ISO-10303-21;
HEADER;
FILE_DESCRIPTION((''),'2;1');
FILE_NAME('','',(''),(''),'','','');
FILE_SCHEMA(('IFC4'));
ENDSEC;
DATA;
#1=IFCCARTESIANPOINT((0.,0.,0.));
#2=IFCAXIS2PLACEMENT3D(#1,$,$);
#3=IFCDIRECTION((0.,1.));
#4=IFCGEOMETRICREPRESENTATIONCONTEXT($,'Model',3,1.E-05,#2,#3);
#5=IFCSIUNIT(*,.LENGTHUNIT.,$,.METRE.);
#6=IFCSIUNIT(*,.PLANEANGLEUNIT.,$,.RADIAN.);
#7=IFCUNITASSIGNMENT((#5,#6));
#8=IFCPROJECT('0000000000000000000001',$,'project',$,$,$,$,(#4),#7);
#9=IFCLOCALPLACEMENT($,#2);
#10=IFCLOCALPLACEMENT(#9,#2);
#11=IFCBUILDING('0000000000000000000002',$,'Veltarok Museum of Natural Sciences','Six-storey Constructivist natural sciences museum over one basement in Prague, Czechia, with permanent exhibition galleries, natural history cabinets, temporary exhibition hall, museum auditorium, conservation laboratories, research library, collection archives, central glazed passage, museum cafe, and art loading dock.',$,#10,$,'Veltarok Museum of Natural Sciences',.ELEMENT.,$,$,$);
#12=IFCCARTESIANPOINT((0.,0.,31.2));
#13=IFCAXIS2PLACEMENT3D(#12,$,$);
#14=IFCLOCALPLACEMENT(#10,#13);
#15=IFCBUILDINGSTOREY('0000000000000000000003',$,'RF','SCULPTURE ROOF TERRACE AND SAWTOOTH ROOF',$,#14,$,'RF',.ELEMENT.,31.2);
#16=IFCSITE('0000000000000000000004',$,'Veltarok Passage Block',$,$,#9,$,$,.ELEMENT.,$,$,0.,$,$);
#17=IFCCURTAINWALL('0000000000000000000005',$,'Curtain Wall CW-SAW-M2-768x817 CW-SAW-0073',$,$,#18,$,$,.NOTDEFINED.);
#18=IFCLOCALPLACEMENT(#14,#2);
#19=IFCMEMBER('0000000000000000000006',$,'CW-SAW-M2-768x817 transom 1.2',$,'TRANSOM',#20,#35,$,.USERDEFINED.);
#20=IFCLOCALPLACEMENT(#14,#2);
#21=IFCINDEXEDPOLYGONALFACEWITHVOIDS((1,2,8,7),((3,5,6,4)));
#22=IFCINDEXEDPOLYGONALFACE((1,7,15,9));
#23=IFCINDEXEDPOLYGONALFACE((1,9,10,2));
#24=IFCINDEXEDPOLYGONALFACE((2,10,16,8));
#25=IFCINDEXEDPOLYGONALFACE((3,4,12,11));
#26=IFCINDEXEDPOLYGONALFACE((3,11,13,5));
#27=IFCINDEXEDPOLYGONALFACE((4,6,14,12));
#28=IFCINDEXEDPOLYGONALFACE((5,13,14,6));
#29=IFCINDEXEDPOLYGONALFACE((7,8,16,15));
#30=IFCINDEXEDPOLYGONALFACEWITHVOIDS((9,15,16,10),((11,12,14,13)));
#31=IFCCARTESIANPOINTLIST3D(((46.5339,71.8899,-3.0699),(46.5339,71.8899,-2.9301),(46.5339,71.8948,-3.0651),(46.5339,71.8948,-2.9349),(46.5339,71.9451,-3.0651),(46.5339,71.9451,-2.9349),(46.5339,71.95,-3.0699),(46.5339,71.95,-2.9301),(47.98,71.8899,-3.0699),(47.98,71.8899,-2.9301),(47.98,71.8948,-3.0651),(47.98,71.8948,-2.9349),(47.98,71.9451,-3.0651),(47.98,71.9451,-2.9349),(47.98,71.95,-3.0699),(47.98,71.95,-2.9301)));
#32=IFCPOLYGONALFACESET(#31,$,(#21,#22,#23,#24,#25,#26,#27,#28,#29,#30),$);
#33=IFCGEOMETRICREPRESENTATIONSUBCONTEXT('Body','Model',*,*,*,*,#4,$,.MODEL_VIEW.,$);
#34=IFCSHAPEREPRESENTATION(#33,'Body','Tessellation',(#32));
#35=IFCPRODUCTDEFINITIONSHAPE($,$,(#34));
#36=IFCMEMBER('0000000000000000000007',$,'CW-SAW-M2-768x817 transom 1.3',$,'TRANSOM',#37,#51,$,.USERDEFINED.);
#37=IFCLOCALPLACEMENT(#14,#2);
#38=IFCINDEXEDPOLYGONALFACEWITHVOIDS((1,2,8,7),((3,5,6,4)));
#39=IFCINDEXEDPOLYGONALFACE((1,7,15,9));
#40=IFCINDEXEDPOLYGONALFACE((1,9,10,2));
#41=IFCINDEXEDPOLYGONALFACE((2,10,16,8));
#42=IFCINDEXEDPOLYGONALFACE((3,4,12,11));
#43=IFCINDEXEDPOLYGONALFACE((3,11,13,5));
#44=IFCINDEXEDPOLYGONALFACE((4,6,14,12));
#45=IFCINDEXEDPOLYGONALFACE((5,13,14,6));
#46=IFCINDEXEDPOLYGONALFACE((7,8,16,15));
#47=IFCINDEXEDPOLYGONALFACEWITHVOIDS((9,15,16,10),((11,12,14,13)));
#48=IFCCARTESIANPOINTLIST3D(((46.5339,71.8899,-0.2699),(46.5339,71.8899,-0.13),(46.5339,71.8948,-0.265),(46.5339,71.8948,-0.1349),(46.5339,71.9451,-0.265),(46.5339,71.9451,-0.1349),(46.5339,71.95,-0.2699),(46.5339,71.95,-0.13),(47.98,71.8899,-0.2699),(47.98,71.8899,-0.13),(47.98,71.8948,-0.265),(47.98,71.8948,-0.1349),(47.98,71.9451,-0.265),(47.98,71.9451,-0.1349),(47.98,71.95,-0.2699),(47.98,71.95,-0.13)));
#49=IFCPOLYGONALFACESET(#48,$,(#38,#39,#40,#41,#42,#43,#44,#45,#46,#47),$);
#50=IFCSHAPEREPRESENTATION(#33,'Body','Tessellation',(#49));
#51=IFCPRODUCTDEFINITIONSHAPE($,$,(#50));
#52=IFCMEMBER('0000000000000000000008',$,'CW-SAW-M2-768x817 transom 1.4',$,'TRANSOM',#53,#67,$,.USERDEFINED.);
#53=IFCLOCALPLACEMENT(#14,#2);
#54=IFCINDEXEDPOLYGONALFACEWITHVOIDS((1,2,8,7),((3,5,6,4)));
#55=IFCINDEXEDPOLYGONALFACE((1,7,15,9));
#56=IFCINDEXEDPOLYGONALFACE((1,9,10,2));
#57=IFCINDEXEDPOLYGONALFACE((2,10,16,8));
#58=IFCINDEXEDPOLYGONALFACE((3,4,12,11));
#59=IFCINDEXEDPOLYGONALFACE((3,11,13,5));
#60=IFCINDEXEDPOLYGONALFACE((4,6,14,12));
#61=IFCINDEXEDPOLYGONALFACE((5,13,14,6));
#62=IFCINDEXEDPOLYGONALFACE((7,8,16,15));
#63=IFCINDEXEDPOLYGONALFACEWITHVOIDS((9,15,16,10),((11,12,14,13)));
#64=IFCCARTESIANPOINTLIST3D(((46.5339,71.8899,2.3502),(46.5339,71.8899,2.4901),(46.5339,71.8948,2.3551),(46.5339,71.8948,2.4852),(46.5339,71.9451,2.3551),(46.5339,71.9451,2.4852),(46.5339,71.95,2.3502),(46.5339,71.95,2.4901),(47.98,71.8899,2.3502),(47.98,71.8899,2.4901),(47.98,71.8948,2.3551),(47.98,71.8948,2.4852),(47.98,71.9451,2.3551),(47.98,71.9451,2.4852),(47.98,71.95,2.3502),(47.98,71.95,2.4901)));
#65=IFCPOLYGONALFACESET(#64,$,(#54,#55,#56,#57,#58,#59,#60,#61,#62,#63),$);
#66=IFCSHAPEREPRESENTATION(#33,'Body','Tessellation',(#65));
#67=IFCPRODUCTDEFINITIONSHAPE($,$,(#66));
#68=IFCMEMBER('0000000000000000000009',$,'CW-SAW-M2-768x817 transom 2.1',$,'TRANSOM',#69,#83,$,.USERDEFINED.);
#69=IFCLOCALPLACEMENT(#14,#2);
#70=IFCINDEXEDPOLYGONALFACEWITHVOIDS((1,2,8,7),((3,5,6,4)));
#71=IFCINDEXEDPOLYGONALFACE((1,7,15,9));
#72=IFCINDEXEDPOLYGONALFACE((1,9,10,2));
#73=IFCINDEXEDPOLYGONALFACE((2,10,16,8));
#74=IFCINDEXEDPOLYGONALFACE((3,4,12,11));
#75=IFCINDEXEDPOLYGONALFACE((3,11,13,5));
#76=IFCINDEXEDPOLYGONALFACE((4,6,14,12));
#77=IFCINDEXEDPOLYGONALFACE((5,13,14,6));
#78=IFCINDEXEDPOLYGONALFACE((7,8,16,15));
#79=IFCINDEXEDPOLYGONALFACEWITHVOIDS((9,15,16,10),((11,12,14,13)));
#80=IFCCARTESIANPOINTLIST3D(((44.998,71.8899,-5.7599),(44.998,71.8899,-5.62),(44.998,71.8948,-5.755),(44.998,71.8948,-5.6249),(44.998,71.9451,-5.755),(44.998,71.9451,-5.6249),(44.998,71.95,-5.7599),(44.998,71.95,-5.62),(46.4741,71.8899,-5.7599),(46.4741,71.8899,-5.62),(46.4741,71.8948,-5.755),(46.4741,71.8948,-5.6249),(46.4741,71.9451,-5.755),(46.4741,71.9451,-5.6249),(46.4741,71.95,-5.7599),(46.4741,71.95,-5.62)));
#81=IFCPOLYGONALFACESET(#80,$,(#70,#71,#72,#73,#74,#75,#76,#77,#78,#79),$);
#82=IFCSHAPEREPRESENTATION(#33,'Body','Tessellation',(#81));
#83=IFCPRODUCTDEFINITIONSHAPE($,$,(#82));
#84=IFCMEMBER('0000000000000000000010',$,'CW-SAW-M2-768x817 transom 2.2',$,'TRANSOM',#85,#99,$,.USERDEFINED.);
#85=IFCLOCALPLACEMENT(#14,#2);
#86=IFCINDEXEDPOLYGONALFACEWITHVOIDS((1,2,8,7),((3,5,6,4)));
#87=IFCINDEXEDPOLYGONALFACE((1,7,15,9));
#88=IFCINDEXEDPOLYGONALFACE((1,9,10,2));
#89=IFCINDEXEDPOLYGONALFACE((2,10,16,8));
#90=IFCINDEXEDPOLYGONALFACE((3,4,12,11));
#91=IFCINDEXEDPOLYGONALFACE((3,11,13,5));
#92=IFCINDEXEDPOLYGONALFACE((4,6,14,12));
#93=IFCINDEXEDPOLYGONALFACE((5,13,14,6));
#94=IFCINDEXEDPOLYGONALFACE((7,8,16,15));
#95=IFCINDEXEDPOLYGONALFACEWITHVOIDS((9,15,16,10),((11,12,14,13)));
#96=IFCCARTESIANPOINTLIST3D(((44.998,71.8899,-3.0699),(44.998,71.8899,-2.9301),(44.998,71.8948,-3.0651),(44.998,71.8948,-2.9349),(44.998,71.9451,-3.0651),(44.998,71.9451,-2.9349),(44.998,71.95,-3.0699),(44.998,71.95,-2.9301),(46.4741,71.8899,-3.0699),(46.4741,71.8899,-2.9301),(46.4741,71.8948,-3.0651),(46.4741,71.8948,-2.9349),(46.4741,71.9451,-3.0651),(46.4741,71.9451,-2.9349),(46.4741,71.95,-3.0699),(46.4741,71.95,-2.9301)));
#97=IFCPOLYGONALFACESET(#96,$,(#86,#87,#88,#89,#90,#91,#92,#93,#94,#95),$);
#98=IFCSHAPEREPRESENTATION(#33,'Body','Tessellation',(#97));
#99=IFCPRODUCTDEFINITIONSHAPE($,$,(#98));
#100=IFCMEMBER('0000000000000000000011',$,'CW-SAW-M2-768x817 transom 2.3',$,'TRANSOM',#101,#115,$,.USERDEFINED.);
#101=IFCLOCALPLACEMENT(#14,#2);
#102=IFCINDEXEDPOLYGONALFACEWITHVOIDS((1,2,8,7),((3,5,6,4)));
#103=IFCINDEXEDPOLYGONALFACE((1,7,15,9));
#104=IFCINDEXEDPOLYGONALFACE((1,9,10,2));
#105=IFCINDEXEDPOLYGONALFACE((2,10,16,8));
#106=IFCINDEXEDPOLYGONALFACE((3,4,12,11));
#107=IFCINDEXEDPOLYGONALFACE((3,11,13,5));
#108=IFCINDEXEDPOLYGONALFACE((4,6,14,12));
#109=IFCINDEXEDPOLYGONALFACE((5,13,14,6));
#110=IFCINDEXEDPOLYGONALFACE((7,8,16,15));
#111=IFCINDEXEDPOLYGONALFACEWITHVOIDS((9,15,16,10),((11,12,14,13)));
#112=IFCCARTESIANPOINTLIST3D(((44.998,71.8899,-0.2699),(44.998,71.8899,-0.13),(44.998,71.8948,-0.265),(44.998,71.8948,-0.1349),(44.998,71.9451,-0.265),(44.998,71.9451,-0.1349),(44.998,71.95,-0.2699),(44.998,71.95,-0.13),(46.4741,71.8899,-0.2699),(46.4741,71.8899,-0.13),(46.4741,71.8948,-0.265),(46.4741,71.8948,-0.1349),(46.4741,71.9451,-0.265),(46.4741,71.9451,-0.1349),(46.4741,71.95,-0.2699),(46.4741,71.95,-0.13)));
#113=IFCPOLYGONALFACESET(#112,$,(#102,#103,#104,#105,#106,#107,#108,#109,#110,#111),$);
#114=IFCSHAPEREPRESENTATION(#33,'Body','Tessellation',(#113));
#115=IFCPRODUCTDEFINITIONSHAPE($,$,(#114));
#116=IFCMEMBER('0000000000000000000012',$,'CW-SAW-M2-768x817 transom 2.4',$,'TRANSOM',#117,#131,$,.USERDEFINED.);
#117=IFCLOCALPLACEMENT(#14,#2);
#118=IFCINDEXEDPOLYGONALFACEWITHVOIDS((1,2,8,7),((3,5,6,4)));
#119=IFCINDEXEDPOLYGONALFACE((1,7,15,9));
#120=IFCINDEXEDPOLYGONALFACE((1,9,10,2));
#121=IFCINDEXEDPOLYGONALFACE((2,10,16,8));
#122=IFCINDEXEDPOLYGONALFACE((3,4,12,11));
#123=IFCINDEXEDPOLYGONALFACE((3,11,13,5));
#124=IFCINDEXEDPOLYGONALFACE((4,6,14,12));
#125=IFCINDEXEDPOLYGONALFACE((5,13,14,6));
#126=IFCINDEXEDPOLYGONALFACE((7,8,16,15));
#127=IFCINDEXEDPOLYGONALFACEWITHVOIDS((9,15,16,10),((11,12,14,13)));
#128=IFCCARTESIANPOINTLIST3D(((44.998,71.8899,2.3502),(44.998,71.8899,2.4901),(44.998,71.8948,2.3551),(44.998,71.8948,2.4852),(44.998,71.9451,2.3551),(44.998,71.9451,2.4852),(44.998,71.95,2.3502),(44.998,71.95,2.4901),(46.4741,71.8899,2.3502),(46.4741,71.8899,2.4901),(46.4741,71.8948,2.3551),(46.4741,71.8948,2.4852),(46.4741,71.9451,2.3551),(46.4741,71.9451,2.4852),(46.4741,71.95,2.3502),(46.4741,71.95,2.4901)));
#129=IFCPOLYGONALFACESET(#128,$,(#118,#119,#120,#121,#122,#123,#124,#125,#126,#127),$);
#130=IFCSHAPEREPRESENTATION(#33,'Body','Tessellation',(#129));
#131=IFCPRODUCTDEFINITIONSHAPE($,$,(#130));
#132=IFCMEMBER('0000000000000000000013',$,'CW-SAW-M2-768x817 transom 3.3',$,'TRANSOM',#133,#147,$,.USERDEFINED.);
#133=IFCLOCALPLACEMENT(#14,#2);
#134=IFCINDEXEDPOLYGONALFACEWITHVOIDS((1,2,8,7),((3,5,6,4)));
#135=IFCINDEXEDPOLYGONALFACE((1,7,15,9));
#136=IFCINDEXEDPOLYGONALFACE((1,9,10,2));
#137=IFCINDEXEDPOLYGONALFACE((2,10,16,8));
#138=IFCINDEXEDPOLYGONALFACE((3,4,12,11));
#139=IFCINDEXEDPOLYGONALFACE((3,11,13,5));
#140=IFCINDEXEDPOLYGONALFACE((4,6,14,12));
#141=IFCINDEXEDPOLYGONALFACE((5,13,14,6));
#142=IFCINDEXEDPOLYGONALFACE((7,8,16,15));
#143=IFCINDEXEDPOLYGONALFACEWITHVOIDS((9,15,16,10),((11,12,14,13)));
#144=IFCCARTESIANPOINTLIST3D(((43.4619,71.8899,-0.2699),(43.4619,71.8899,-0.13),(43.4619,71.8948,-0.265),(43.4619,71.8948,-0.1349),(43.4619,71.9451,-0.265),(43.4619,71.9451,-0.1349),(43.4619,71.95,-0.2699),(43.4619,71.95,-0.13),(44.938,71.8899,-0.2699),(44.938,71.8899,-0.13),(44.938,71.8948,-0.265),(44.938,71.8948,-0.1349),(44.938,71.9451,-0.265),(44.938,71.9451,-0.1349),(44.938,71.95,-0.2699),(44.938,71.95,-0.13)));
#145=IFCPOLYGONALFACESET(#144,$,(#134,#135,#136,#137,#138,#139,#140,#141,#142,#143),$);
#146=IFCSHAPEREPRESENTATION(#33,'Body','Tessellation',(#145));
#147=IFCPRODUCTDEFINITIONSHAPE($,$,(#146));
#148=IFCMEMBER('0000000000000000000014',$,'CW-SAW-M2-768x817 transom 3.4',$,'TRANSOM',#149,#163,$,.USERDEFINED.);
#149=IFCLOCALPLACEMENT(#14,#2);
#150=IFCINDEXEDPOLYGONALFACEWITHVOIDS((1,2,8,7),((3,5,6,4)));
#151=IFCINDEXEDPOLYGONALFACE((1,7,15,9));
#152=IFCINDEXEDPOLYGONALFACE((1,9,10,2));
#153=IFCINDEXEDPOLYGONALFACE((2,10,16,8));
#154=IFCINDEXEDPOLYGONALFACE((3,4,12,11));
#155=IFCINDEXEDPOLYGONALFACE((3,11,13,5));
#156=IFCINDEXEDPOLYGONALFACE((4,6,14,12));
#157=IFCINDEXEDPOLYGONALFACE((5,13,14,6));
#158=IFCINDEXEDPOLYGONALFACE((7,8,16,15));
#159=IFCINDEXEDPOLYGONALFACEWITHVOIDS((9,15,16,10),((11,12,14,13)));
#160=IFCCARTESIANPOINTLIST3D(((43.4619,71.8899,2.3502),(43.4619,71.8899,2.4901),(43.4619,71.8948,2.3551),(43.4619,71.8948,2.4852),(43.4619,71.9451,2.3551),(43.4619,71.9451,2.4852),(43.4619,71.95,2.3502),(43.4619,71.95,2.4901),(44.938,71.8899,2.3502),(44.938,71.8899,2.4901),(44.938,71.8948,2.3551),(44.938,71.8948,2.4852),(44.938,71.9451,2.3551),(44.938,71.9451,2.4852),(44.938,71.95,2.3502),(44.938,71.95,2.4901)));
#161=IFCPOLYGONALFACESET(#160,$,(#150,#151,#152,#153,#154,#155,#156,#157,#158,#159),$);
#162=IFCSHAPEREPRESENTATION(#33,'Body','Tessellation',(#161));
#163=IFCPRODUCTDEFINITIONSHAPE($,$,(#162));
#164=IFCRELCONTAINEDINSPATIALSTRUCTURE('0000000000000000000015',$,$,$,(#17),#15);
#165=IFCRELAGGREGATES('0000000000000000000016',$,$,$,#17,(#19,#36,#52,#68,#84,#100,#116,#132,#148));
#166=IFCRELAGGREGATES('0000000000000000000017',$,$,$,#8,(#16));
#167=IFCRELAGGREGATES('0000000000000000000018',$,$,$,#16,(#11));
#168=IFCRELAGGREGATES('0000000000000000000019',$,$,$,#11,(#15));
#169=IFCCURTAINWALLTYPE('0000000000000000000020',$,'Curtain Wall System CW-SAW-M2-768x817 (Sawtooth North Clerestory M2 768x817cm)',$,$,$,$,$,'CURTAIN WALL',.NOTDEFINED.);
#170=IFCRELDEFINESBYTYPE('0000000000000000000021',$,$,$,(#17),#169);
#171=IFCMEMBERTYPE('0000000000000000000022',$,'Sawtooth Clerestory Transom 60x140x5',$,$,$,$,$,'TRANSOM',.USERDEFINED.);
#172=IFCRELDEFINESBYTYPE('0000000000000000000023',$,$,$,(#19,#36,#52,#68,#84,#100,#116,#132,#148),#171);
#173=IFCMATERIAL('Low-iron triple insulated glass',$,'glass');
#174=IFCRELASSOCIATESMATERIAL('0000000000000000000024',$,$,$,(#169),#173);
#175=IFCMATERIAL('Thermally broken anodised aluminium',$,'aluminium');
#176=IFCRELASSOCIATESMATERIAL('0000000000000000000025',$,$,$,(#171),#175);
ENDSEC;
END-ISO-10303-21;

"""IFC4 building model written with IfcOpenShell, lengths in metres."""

from ifc_helpers import new_model, si_unit, direction, frame, origin, origin_2d, place, context, subcontext, project, spatial, hollow_rectangle, extrude, material, material_profile, profile_set, type_object, element, aggregate, save


model = new_model("IFC4")

# Units and contexts
model_context = context("Model", 3, precision=1e-05, world=origin(), true_north=direction((0.0, 1.0)))
body_context = subcontext(model_context, "Body", "Model", "MODEL_VIEW")
ifc_project = project(units=[si_unit("LENGTHUNIT", "METRE"), si_unit("PLANEANGLEUNIT", "RADIAN")], contexts=[model_context])

# Site, building, storey
site_placement = place(None, origin())
site = spatial("IfcSite", under=ifc_project, at=site_placement, Name="Veltarok Passage Block", CompositionType="ELEMENT", RefElevation=0.0)
building_placement = place(site_placement, origin())
building = spatial("IfcBuilding", under=site, at=building_placement, Name="Veltarok Museum of Natural Sciences", Description="Six-storey Constructivist natural sciences museum over one basement in Prague, Czechia, with permanent exhibition galleries, natural history cabinets, temporary exhibition hall, museum auditorium, conservation laboratories, research library, collection archives, central glazed passage, museum cafe, and art loading dock.", LongName="Veltarok Museum of Natural Sciences", CompositionType="ELEMENT")
storey_placement = place(building_placement, frame((0.0, 0.0, 31.2)))
storey = spatial("IfcBuildingStorey", under=building, at=storey_placement, Name="RF", Description="SCULPTURE ROOF TERRACE AND SAWTOOTH ROOF", LongName="RF", CompositionType="ELEMENT", Elevation=31.2)

# Curtain wall
ifc_material_1 = material(Name="Low-iron triple insulated glass", Category="glass")
curtain_wall_type = type_object("IfcCurtainWallType", Name="Curtain Wall System CW-SAW-M2-768x817 (Sawtooth North Clerestory M2 768x817cm)", ElementType="CURTAIN WALL", PredefinedType="NOTDEFINED", material=ifc_material_1)
curtain_wall_1_placement = place(storey_placement, origin())
curtain_wall_1 = element("IfcCurtainWall", 1, at=curtain_wall_1_placement, inside=storey, type_object=curtain_wall_type, Name="Curtain Wall CW-SAW-M2-768x817 CW-SAW-0073", PredefinedType="NOTDEFINED")
ifc_material_2 = material(Name="Thermally broken anodised aluminium", Category="aluminium")

# Members
ifc_material_profile_1 = material_profile(ifc_material_2, hollow_rectangle(XDim=0.0601, YDim=0.1399, WallThickness=0.0049, at=origin_2d()), Name="CW TRANSOM 60x140x5")
ifc_profile_set_1 = profile_set([ifc_material_profile_1], Name="Thermally broken anodised aluminium")
member_type_1 = type_object("IfcMemberType", Name="Sawtooth Clerestory Transom 60x140x5", ElementType="TRANSOM", PredefinedType="USERDEFINED", material=ifc_profile_set_1)
member_1_placement = place(storey_placement, frame((47.98, 71.9199, -3.0), z_axis=(-1.0, 0.0, 0.0), x_axis=(0.0, -1.0, 0.0)))
member_1 = element("IfcMember", 2, at=member_1_placement, type_object=member_type_1, Name="CW-SAW-M2-768x817 transom 1.2", ObjectType="TRANSOM", PredefinedType="USERDEFINED", context=body_context, shape_type="SweptSolid", body=[
    extrude(hollow_rectangle(XDim=0.0601, YDim=0.1399, WallThickness=0.0049, at=origin_2d()), origin(), (0.0, 0.0, 1.0), 1.446),
])
member_2_placement = place(storey_placement, frame((47.98, 71.9199, -0.2), z_axis=(-1.0, 0.0, 0.0), x_axis=(0.0, -1.0, 0.0)))
member_2 = element("IfcMember", 3, at=member_2_placement, type_object=member_type_1, Name="CW-SAW-M2-768x817 transom 1.3", ObjectType="TRANSOM", PredefinedType="USERDEFINED", context=body_context, shape_type="SweptSolid", body=[
    extrude(hollow_rectangle(XDim=0.0601, YDim=0.1399, WallThickness=0.0049, at=origin_2d()), origin(), (0.0, 0.0, 1.0), 1.446),
])
member_3_placement = place(storey_placement, frame((47.98, 71.9199, 2.4202), z_axis=(-1.0, 0.0, 0.0), x_axis=(0.0, -1.0, 0.0)))
member_3 = element("IfcMember", 4, at=member_3_placement, type_object=member_type_1, Name="CW-SAW-M2-768x817 transom 1.4", ObjectType="TRANSOM", PredefinedType="USERDEFINED", context=body_context, shape_type="SweptSolid", body=[
    extrude(hollow_rectangle(XDim=0.0601, YDim=0.1399, WallThickness=0.0049, at=origin_2d()), origin(), (0.0, 0.0, 1.0), 1.446),
])
member_4_placement = place(storey_placement, frame((46.4741, 71.9199, -5.6899), z_axis=(-1.0, 0.0, 0.0), x_axis=(0.0, -1.0, 0.0)))
member_4 = element("IfcMember", 5, at=member_4_placement, type_object=member_type_1, Name="CW-SAW-M2-768x817 transom 2.1", ObjectType="TRANSOM", PredefinedType="USERDEFINED", context=body_context, shape_type="SweptSolid", body=[
    extrude(hollow_rectangle(XDim=0.0601, YDim=0.1399, WallThickness=0.0049, at=origin_2d()), origin(), (0.0, 0.0, 1.0), 1.4761),
])
member_5_placement = place(storey_placement, frame((46.4741, 71.9199, -3.0), z_axis=(-1.0, 0.0, 0.0), x_axis=(0.0, -1.0, 0.0)))
member_5 = element("IfcMember", 6, at=member_5_placement, type_object=member_type_1, Name="CW-SAW-M2-768x817 transom 2.2", ObjectType="TRANSOM", PredefinedType="USERDEFINED", context=body_context, shape_type="SweptSolid", body=[
    extrude(hollow_rectangle(XDim=0.0601, YDim=0.1399, WallThickness=0.0049, at=origin_2d()), origin(), (0.0, 0.0, 1.0), 1.4761),
])
member_6_placement = place(storey_placement, frame((46.4741, 71.9199, -0.2), z_axis=(-1.0, 0.0, 0.0), x_axis=(0.0, -1.0, 0.0)))
member_6 = element("IfcMember", 7, at=member_6_placement, type_object=member_type_1, Name="CW-SAW-M2-768x817 transom 2.3", ObjectType="TRANSOM", PredefinedType="USERDEFINED", context=body_context, shape_type="SweptSolid", body=[
    extrude(hollow_rectangle(XDim=0.0601, YDim=0.1399, WallThickness=0.0049, at=origin_2d()), origin(), (0.0, 0.0, 1.0), 1.4761),
])
member_7_placement = place(storey_placement, frame((46.4741, 71.9199, 2.4202), z_axis=(-1.0, 0.0, 0.0), x_axis=(0.0, -1.0, 0.0)))
member_7 = element("IfcMember", 8, at=member_7_placement, type_object=member_type_1, Name="CW-SAW-M2-768x817 transom 2.4", ObjectType="TRANSOM", PredefinedType="USERDEFINED", context=body_context, shape_type="SweptSolid", body=[
    extrude(hollow_rectangle(XDim=0.0601, YDim=0.1399, WallThickness=0.0049, at=origin_2d()), origin(), (0.0, 0.0, 1.0), 1.4761),
])
member_8_placement = place(storey_placement, frame((44.938, 71.9199, -0.2), z_axis=(-1.0, 0.0, 0.0), x_axis=(0.0, -1.0, 0.0)))
member_8 = element("IfcMember", 9, at=member_8_placement, type_object=member_type_1, Name="CW-SAW-M2-768x817 transom 3.3", ObjectType="TRANSOM", PredefinedType="USERDEFINED", context=body_context, shape_type="SweptSolid", body=[
    extrude(hollow_rectangle(XDim=0.0601, YDim=0.1399, WallThickness=0.0049, at=origin_2d()), origin(), (0.0, 0.0, 1.0), 1.4761),
])
member_9_placement = place(storey_placement, frame((44.938, 71.9199, 2.4202), z_axis=(-1.0, 0.0, 0.0), x_axis=(0.0, -1.0, 0.0)))
member_9 = element("IfcMember", 10, at=member_9_placement, type_object=member_type_1, Name="CW-SAW-M2-768x817 transom 3.4", ObjectType="TRANSOM", PredefinedType="USERDEFINED", context=body_context, shape_type="SweptSolid", body=[
    extrude(hollow_rectangle(XDim=0.0601, YDim=0.1399, WallThickness=0.0049, at=origin_2d()), origin(), (0.0, 0.0, 1.0), 1.4761),
])

aggregate(curtain_wall_1, [member_1, member_2, member_3, member_4, member_5, member_6, member_7, member_8, member_9])

save(model, "model.ifc")
